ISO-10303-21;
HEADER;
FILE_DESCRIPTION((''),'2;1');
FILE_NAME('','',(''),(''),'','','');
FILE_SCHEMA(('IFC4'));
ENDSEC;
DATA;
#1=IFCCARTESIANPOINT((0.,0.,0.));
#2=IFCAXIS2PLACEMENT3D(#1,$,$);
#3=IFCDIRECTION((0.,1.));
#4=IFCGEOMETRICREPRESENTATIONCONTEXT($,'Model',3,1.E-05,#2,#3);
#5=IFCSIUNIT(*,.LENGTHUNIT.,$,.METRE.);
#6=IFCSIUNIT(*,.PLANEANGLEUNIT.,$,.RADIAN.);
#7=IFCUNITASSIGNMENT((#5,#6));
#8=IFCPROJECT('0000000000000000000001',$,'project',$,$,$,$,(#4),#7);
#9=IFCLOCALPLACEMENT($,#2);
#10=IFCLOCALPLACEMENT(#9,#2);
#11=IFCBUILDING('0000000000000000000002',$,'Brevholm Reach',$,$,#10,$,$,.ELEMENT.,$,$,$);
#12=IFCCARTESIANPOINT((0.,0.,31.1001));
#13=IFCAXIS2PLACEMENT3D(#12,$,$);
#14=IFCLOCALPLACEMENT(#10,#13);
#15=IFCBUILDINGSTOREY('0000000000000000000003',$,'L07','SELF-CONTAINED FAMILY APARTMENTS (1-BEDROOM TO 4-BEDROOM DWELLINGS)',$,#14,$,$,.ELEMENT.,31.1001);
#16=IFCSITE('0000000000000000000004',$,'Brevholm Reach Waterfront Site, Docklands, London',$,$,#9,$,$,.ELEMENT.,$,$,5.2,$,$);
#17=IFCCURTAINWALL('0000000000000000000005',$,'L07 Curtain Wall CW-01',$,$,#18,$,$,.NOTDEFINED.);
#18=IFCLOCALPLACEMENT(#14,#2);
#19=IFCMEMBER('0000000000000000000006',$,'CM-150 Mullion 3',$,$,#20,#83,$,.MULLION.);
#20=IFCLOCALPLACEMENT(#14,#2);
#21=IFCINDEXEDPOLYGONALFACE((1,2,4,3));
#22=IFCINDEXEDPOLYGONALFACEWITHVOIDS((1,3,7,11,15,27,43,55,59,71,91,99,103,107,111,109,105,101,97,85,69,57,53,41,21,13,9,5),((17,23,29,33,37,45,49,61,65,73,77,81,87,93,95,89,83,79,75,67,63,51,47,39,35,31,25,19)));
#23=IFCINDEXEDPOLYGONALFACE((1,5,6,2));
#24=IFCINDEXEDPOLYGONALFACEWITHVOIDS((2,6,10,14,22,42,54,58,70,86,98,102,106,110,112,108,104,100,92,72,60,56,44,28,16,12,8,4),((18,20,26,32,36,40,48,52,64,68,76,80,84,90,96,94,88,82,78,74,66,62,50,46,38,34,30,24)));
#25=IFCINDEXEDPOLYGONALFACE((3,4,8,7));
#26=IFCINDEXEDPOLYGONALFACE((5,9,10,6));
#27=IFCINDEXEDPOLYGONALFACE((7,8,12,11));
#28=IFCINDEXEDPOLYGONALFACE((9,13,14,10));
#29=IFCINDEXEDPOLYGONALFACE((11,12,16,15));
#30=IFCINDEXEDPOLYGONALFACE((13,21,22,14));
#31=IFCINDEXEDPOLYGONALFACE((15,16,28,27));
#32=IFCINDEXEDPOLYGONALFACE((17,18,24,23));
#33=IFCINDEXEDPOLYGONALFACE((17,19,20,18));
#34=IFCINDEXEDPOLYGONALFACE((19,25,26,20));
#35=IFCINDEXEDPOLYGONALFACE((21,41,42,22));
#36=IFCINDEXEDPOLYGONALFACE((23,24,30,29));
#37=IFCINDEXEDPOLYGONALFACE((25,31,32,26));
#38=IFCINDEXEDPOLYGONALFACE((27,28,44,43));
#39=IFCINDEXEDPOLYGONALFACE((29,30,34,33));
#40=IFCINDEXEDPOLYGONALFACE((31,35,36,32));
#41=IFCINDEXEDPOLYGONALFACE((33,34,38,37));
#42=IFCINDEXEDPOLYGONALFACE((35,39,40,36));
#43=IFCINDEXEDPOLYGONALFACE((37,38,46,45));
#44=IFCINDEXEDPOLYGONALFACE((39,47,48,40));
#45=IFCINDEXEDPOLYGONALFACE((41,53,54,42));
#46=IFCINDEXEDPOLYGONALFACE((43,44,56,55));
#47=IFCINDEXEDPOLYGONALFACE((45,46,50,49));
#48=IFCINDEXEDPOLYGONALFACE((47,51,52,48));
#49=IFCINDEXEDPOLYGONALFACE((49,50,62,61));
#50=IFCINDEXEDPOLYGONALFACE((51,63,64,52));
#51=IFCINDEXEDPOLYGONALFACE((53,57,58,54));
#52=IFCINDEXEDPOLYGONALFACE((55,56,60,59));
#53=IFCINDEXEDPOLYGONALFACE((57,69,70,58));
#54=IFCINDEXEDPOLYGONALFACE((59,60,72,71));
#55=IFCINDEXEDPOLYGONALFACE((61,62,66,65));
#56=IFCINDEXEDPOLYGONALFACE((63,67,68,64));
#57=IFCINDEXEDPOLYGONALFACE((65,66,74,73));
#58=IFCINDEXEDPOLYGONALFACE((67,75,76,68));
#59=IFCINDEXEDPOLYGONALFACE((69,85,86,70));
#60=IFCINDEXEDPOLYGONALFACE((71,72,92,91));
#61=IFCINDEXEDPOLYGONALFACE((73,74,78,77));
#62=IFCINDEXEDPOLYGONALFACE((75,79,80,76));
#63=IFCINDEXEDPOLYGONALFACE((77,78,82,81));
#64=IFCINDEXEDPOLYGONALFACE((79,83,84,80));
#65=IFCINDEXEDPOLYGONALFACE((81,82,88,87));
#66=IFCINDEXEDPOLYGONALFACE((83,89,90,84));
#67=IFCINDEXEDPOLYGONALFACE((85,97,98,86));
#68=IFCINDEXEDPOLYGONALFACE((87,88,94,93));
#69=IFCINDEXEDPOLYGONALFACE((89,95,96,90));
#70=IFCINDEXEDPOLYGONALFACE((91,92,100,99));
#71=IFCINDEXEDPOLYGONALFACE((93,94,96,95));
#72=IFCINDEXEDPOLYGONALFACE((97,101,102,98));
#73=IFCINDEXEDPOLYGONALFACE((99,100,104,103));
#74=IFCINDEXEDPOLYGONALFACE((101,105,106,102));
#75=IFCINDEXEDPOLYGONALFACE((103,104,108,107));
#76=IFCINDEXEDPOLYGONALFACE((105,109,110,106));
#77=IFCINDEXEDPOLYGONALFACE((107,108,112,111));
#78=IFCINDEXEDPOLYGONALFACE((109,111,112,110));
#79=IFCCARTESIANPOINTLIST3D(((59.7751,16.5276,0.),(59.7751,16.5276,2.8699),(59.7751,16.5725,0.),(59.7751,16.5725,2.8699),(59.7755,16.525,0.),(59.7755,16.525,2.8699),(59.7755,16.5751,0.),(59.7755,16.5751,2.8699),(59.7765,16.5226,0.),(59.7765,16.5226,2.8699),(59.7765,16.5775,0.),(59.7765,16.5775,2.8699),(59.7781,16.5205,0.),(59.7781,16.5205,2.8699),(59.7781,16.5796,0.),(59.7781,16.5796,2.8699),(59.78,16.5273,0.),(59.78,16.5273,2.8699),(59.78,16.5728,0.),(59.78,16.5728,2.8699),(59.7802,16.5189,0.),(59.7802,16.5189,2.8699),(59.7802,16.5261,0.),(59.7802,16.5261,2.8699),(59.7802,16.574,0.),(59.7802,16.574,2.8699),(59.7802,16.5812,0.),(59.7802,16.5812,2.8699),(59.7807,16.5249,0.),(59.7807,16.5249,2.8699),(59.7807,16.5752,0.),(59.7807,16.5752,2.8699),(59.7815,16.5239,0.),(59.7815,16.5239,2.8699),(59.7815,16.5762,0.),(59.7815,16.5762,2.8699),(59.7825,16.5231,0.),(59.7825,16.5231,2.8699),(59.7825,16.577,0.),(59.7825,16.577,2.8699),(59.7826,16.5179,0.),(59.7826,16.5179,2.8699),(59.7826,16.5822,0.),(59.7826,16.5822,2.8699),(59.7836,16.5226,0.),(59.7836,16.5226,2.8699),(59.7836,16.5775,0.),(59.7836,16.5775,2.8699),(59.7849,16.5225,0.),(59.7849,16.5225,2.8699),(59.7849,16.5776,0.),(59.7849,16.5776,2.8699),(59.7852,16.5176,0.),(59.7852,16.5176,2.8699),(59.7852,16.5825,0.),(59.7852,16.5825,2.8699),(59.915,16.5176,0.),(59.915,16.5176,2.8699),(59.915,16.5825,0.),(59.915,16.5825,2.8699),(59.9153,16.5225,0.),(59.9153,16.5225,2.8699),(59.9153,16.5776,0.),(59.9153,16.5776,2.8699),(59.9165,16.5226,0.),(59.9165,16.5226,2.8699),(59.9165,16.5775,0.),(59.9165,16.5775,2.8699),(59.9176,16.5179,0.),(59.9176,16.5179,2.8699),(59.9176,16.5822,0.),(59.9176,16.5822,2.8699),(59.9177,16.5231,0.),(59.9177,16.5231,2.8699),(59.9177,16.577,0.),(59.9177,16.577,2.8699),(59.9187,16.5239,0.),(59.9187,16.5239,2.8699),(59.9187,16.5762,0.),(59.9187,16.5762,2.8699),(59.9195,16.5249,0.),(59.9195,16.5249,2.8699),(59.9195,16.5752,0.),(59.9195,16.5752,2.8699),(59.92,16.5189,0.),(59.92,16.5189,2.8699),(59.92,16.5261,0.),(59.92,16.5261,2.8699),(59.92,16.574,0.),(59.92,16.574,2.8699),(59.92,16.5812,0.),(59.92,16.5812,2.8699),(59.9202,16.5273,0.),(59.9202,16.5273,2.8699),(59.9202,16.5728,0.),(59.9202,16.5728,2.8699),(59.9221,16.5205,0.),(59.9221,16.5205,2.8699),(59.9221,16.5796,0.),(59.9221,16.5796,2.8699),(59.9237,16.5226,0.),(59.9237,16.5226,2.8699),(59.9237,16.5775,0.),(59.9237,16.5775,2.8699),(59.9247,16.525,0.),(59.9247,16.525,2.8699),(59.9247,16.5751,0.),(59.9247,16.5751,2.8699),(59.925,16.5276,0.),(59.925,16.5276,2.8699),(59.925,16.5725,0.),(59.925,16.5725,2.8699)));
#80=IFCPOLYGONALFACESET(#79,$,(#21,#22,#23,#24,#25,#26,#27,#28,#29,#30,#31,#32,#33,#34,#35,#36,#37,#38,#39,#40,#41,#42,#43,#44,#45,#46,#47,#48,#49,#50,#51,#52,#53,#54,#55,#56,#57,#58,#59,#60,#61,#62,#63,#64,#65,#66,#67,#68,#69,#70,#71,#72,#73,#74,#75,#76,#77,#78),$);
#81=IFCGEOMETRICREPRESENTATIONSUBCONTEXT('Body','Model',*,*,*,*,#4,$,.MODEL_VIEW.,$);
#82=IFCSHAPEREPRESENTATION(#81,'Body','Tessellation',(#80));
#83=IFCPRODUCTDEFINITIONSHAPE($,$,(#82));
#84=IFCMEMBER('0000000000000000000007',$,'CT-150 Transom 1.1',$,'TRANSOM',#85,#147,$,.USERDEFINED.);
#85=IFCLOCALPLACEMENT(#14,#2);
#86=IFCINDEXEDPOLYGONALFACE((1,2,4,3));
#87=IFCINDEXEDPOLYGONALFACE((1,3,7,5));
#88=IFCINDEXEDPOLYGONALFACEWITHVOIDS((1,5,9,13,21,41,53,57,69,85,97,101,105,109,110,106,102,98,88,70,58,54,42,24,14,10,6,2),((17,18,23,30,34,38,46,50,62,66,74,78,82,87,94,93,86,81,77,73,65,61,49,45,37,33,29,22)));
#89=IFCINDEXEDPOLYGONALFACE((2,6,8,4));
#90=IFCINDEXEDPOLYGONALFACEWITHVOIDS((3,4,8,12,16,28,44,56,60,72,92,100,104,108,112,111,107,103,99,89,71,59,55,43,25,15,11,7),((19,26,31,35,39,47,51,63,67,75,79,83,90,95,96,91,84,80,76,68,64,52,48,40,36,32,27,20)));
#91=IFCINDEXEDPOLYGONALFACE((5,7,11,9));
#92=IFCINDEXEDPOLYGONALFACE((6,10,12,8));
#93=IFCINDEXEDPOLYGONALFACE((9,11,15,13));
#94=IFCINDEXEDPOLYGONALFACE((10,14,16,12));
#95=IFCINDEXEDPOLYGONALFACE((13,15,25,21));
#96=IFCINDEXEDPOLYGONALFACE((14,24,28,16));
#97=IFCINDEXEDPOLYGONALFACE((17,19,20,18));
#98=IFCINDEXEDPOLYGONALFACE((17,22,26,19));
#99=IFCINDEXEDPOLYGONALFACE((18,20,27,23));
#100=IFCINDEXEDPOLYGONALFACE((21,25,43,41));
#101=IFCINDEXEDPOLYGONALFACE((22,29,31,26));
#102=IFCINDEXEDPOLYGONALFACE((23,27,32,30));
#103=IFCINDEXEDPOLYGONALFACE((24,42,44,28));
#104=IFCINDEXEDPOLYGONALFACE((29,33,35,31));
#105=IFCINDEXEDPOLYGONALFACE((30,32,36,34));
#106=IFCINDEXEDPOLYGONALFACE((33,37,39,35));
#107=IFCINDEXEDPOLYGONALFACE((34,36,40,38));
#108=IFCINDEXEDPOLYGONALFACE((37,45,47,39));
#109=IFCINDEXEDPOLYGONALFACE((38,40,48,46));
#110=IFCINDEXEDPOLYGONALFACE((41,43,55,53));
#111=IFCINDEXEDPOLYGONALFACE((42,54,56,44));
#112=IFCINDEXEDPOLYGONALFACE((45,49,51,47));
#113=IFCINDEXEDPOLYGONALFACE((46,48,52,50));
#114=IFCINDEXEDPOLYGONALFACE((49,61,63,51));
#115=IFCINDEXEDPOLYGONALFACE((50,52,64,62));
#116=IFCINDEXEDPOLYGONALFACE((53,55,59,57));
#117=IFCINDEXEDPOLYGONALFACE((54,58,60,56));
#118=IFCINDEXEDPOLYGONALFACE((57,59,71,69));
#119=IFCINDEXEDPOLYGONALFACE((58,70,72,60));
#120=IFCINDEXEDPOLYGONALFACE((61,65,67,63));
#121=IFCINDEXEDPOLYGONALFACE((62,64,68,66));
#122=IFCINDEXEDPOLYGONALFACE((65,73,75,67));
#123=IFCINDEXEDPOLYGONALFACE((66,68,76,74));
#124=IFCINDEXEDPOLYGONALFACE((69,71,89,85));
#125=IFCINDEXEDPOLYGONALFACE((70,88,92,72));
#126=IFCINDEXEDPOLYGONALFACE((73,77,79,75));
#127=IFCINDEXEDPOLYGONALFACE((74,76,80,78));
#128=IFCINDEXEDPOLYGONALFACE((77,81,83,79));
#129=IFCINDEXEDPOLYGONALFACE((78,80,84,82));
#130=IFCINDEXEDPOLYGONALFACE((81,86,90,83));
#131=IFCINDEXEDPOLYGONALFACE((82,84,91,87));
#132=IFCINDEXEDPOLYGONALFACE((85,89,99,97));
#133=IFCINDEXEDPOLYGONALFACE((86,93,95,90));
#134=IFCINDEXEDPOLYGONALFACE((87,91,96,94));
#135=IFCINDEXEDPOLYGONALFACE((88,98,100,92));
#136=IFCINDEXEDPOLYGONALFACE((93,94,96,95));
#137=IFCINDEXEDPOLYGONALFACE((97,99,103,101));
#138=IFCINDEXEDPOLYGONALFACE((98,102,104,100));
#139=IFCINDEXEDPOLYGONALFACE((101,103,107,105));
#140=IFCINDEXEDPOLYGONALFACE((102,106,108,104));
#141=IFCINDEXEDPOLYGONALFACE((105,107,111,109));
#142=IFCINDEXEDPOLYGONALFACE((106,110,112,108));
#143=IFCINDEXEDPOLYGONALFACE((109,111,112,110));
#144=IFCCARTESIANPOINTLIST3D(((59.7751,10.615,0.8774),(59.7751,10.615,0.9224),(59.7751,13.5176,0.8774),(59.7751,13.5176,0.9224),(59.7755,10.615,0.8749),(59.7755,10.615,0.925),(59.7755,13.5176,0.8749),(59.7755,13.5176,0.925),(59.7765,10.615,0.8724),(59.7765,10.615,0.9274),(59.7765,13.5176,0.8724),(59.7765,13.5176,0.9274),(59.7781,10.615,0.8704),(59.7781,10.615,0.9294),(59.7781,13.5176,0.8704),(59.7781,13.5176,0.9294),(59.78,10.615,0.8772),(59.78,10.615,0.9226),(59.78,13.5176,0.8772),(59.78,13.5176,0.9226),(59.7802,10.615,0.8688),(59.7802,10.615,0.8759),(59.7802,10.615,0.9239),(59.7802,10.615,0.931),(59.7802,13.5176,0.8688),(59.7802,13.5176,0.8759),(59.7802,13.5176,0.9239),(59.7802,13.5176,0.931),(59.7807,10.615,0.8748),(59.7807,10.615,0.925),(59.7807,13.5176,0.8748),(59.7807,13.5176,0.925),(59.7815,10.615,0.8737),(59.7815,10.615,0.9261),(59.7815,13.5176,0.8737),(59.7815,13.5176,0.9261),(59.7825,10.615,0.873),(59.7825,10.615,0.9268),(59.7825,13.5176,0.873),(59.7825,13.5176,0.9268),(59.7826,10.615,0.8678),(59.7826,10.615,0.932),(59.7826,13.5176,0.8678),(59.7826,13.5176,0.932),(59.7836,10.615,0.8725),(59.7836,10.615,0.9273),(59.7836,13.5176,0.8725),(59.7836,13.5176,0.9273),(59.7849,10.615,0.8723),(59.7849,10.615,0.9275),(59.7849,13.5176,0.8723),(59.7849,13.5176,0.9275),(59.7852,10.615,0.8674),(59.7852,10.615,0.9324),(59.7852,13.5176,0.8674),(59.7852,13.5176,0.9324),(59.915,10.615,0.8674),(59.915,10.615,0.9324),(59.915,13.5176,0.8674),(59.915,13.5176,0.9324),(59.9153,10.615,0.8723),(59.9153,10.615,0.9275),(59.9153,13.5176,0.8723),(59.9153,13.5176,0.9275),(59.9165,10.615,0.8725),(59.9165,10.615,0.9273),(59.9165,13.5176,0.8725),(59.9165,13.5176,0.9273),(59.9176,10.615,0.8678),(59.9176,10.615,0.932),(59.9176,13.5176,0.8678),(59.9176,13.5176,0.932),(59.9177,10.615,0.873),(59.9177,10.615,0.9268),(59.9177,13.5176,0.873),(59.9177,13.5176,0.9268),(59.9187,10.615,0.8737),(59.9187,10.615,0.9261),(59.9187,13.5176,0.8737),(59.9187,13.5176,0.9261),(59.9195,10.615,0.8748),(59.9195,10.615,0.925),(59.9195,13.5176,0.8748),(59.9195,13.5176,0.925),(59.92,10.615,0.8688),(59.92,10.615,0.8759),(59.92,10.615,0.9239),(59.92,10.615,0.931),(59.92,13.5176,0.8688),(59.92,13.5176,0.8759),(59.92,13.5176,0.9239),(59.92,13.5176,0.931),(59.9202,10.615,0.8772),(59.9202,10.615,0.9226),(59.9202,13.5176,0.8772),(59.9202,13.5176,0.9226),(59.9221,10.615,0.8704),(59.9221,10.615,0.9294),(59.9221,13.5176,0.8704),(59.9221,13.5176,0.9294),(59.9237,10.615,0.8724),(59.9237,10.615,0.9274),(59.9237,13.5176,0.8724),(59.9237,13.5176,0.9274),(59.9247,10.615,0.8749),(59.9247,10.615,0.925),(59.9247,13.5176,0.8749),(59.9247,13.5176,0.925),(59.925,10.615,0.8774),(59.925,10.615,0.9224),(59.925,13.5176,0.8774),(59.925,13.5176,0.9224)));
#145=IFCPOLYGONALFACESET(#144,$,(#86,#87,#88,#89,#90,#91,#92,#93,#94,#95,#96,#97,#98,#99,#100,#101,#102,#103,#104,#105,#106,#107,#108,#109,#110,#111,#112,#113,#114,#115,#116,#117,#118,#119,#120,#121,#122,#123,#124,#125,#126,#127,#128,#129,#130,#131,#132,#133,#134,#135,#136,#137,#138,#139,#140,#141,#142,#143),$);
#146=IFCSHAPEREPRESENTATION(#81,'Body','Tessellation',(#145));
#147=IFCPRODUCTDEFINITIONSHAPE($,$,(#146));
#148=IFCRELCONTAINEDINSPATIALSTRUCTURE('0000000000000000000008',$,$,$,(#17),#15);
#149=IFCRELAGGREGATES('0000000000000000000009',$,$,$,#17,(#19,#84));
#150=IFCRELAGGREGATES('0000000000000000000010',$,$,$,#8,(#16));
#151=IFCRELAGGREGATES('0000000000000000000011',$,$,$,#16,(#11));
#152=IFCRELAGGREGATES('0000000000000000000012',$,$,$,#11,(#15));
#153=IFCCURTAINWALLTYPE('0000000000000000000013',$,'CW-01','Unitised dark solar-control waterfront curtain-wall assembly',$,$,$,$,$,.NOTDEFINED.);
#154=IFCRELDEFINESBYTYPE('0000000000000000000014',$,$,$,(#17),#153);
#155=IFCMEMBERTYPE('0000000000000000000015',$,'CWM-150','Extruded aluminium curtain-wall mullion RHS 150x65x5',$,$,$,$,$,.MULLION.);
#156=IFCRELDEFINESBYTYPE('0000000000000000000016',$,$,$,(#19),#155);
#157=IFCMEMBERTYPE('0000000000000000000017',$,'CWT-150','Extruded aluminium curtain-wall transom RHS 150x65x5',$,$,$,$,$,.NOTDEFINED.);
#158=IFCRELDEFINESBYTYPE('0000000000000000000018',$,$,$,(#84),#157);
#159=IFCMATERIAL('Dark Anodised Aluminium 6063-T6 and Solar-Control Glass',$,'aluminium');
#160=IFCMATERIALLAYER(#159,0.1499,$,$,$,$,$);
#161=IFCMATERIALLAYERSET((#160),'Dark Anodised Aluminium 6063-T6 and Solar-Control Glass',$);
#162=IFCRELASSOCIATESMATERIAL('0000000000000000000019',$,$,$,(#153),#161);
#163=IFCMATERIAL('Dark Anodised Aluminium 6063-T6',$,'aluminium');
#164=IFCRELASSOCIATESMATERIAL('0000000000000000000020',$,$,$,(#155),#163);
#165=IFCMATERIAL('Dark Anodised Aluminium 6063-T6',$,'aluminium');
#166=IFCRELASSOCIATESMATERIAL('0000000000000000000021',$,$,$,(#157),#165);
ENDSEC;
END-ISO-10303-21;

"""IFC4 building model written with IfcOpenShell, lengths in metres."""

from ifc_helpers import new_model, si_unit, direction, frame, origin, origin_2d, place, context, subcontext, project, spatial, hollow_rectangle, extrude, material, layer, layer_set, material_profile, profile_set, type_object, element, aggregate, save


model = new_model("IFC4")

# Units and contexts
model_context = context("Model", 3, precision=1e-05, world=origin(), true_north=direction((0.0, 1.0)))
body_context = subcontext(model_context, "Body", "Model", "MODEL_VIEW")
ifc_project = project(units=[si_unit("LENGTHUNIT", "METRE"), si_unit("PLANEANGLEUNIT", "RADIAN")], contexts=[model_context])

# Site, building, storey
site_placement = place(None, origin())
site = spatial("IfcSite", under=ifc_project, at=site_placement, Name="Brevholm Reach Waterfront Site, Docklands, London", CompositionType="ELEMENT", RefElevation=5.2)
building_placement = place(site_placement, origin())
building = spatial("IfcBuilding", under=site, at=building_placement, Name="Brevholm Reach", CompositionType="ELEMENT")
storey_placement = place(building_placement, frame((0.0, 0.0, 31.1001)))
storey = spatial("IfcBuildingStorey", under=building, at=storey_placement, Name="L07", Description="SELF-CONTAINED FAMILY APARTMENTS (1-BEDROOM TO 4-BEDROOM DWELLINGS)", CompositionType="ELEMENT", Elevation=31.1001)

# Curtain wall, members
ifc_material_1 = material(Name="Dark Anodised Aluminium 6063-T6 and Solar-Control Glass", Category="aluminium")
ifc_layer_1 = layer(ifc_material_1, 0.1499)
ifc_layer_set_1 = layer_set([ifc_layer_1], Name="Dark Anodised Aluminium 6063-T6 and Solar-Control Glass")
curtain_wall_type = type_object("IfcCurtainWallType", Name="CW-01", Description="Unitised dark solar-control waterfront curtain-wall assembly", PredefinedType="NOTDEFINED", material=ifc_layer_set_1)
curtain_wall_placement = place(storey_placement, origin())
curtain_wall = element("IfcCurtainWall", 1, at=curtain_wall_placement, inside=storey, type_object=curtain_wall_type, Name="L07 Curtain Wall CW-01", PredefinedType="NOTDEFINED")
ifc_material_2 = material(Name="Dark Anodised Aluminium 6063-T6", Category="aluminium")
ifc_material_profile_1 = material_profile(ifc_material_2, hollow_rectangle(XDim=0.0649, YDim=0.1499, WallThickness=0.0049, InnerFilletRadius=0.0049, OuterFilletRadius=0.01, at=origin_2d()), Name="RHS 150x65x5")
ifc_profile_set_1 = profile_set([ifc_material_profile_1], Name="Dark Anodised Aluminium 6063-T6")
member_type_1 = type_object("IfcMemberType", Name="CWM-150", Description="Extruded aluminium curtain-wall mullion RHS 150x65x5", PredefinedType="MULLION", material=ifc_profile_set_1)
member_1_placement = place(storey_placement, frame((59.8501, 16.55, 0.0), z_axis=(0.0, 0.0, 1.0), x_axis=(0.0, 1.0, 0.0)))
member_1 = element("IfcMember", 2, at=member_1_placement, type_object=member_type_1, Name="CM-150 Mullion 3", PredefinedType="MULLION", context=body_context, shape_type="SweptSolid", body=[
    extrude(hollow_rectangle(XDim=0.0649, YDim=0.1499, WallThickness=0.0049, InnerFilletRadius=0.0049, OuterFilletRadius=0.01, at=origin_2d()), origin(), (0.0, 0.0, 1.0), 2.8699),
])
ifc_material_3 = material(Name="Dark Anodised Aluminium 6063-T6", Category="aluminium")
ifc_material_profile_2 = material_profile(ifc_material_3, hollow_rectangle(XDim=0.0649, YDim=0.1499, WallThickness=0.0049, InnerFilletRadius=0.0049, OuterFilletRadius=0.01, at=origin_2d()), Name="RHS 150x65x5")
ifc_profile_set_2 = profile_set([ifc_material_profile_2], Name="Dark Anodised Aluminium 6063-T6")
member_type_2 = type_object("IfcMemberType", Name="CWT-150", Description="Extruded aluminium curtain-wall transom RHS 150x65x5", PredefinedType="NOTDEFINED", material=ifc_profile_set_2)
member_2_placement = place(storey_placement, frame((59.8501, 10.615, 0.8999), z_axis=(0.0, 1.0, 0.0), x_axis=(0.0, 0.0, 1.0)))
member_2 = element("IfcMember", 3, at=member_2_placement, type_object=member_type_2, Name="CT-150 Transom 1.1", ObjectType="TRANSOM", PredefinedType="USERDEFINED", context=body_context, shape_type="SweptSolid", body=[
    extrude(hollow_rectangle(XDim=0.0649, YDim=0.1499, WallThickness=0.0049, InnerFilletRadius=0.0049, OuterFilletRadius=0.01, at=origin_2d()), origin(), (0.0, 0.0, 1.0), 2.9026),
])
aggregate(curtain_wall, [member_1, member_2])

save(model, "model.ifc")
